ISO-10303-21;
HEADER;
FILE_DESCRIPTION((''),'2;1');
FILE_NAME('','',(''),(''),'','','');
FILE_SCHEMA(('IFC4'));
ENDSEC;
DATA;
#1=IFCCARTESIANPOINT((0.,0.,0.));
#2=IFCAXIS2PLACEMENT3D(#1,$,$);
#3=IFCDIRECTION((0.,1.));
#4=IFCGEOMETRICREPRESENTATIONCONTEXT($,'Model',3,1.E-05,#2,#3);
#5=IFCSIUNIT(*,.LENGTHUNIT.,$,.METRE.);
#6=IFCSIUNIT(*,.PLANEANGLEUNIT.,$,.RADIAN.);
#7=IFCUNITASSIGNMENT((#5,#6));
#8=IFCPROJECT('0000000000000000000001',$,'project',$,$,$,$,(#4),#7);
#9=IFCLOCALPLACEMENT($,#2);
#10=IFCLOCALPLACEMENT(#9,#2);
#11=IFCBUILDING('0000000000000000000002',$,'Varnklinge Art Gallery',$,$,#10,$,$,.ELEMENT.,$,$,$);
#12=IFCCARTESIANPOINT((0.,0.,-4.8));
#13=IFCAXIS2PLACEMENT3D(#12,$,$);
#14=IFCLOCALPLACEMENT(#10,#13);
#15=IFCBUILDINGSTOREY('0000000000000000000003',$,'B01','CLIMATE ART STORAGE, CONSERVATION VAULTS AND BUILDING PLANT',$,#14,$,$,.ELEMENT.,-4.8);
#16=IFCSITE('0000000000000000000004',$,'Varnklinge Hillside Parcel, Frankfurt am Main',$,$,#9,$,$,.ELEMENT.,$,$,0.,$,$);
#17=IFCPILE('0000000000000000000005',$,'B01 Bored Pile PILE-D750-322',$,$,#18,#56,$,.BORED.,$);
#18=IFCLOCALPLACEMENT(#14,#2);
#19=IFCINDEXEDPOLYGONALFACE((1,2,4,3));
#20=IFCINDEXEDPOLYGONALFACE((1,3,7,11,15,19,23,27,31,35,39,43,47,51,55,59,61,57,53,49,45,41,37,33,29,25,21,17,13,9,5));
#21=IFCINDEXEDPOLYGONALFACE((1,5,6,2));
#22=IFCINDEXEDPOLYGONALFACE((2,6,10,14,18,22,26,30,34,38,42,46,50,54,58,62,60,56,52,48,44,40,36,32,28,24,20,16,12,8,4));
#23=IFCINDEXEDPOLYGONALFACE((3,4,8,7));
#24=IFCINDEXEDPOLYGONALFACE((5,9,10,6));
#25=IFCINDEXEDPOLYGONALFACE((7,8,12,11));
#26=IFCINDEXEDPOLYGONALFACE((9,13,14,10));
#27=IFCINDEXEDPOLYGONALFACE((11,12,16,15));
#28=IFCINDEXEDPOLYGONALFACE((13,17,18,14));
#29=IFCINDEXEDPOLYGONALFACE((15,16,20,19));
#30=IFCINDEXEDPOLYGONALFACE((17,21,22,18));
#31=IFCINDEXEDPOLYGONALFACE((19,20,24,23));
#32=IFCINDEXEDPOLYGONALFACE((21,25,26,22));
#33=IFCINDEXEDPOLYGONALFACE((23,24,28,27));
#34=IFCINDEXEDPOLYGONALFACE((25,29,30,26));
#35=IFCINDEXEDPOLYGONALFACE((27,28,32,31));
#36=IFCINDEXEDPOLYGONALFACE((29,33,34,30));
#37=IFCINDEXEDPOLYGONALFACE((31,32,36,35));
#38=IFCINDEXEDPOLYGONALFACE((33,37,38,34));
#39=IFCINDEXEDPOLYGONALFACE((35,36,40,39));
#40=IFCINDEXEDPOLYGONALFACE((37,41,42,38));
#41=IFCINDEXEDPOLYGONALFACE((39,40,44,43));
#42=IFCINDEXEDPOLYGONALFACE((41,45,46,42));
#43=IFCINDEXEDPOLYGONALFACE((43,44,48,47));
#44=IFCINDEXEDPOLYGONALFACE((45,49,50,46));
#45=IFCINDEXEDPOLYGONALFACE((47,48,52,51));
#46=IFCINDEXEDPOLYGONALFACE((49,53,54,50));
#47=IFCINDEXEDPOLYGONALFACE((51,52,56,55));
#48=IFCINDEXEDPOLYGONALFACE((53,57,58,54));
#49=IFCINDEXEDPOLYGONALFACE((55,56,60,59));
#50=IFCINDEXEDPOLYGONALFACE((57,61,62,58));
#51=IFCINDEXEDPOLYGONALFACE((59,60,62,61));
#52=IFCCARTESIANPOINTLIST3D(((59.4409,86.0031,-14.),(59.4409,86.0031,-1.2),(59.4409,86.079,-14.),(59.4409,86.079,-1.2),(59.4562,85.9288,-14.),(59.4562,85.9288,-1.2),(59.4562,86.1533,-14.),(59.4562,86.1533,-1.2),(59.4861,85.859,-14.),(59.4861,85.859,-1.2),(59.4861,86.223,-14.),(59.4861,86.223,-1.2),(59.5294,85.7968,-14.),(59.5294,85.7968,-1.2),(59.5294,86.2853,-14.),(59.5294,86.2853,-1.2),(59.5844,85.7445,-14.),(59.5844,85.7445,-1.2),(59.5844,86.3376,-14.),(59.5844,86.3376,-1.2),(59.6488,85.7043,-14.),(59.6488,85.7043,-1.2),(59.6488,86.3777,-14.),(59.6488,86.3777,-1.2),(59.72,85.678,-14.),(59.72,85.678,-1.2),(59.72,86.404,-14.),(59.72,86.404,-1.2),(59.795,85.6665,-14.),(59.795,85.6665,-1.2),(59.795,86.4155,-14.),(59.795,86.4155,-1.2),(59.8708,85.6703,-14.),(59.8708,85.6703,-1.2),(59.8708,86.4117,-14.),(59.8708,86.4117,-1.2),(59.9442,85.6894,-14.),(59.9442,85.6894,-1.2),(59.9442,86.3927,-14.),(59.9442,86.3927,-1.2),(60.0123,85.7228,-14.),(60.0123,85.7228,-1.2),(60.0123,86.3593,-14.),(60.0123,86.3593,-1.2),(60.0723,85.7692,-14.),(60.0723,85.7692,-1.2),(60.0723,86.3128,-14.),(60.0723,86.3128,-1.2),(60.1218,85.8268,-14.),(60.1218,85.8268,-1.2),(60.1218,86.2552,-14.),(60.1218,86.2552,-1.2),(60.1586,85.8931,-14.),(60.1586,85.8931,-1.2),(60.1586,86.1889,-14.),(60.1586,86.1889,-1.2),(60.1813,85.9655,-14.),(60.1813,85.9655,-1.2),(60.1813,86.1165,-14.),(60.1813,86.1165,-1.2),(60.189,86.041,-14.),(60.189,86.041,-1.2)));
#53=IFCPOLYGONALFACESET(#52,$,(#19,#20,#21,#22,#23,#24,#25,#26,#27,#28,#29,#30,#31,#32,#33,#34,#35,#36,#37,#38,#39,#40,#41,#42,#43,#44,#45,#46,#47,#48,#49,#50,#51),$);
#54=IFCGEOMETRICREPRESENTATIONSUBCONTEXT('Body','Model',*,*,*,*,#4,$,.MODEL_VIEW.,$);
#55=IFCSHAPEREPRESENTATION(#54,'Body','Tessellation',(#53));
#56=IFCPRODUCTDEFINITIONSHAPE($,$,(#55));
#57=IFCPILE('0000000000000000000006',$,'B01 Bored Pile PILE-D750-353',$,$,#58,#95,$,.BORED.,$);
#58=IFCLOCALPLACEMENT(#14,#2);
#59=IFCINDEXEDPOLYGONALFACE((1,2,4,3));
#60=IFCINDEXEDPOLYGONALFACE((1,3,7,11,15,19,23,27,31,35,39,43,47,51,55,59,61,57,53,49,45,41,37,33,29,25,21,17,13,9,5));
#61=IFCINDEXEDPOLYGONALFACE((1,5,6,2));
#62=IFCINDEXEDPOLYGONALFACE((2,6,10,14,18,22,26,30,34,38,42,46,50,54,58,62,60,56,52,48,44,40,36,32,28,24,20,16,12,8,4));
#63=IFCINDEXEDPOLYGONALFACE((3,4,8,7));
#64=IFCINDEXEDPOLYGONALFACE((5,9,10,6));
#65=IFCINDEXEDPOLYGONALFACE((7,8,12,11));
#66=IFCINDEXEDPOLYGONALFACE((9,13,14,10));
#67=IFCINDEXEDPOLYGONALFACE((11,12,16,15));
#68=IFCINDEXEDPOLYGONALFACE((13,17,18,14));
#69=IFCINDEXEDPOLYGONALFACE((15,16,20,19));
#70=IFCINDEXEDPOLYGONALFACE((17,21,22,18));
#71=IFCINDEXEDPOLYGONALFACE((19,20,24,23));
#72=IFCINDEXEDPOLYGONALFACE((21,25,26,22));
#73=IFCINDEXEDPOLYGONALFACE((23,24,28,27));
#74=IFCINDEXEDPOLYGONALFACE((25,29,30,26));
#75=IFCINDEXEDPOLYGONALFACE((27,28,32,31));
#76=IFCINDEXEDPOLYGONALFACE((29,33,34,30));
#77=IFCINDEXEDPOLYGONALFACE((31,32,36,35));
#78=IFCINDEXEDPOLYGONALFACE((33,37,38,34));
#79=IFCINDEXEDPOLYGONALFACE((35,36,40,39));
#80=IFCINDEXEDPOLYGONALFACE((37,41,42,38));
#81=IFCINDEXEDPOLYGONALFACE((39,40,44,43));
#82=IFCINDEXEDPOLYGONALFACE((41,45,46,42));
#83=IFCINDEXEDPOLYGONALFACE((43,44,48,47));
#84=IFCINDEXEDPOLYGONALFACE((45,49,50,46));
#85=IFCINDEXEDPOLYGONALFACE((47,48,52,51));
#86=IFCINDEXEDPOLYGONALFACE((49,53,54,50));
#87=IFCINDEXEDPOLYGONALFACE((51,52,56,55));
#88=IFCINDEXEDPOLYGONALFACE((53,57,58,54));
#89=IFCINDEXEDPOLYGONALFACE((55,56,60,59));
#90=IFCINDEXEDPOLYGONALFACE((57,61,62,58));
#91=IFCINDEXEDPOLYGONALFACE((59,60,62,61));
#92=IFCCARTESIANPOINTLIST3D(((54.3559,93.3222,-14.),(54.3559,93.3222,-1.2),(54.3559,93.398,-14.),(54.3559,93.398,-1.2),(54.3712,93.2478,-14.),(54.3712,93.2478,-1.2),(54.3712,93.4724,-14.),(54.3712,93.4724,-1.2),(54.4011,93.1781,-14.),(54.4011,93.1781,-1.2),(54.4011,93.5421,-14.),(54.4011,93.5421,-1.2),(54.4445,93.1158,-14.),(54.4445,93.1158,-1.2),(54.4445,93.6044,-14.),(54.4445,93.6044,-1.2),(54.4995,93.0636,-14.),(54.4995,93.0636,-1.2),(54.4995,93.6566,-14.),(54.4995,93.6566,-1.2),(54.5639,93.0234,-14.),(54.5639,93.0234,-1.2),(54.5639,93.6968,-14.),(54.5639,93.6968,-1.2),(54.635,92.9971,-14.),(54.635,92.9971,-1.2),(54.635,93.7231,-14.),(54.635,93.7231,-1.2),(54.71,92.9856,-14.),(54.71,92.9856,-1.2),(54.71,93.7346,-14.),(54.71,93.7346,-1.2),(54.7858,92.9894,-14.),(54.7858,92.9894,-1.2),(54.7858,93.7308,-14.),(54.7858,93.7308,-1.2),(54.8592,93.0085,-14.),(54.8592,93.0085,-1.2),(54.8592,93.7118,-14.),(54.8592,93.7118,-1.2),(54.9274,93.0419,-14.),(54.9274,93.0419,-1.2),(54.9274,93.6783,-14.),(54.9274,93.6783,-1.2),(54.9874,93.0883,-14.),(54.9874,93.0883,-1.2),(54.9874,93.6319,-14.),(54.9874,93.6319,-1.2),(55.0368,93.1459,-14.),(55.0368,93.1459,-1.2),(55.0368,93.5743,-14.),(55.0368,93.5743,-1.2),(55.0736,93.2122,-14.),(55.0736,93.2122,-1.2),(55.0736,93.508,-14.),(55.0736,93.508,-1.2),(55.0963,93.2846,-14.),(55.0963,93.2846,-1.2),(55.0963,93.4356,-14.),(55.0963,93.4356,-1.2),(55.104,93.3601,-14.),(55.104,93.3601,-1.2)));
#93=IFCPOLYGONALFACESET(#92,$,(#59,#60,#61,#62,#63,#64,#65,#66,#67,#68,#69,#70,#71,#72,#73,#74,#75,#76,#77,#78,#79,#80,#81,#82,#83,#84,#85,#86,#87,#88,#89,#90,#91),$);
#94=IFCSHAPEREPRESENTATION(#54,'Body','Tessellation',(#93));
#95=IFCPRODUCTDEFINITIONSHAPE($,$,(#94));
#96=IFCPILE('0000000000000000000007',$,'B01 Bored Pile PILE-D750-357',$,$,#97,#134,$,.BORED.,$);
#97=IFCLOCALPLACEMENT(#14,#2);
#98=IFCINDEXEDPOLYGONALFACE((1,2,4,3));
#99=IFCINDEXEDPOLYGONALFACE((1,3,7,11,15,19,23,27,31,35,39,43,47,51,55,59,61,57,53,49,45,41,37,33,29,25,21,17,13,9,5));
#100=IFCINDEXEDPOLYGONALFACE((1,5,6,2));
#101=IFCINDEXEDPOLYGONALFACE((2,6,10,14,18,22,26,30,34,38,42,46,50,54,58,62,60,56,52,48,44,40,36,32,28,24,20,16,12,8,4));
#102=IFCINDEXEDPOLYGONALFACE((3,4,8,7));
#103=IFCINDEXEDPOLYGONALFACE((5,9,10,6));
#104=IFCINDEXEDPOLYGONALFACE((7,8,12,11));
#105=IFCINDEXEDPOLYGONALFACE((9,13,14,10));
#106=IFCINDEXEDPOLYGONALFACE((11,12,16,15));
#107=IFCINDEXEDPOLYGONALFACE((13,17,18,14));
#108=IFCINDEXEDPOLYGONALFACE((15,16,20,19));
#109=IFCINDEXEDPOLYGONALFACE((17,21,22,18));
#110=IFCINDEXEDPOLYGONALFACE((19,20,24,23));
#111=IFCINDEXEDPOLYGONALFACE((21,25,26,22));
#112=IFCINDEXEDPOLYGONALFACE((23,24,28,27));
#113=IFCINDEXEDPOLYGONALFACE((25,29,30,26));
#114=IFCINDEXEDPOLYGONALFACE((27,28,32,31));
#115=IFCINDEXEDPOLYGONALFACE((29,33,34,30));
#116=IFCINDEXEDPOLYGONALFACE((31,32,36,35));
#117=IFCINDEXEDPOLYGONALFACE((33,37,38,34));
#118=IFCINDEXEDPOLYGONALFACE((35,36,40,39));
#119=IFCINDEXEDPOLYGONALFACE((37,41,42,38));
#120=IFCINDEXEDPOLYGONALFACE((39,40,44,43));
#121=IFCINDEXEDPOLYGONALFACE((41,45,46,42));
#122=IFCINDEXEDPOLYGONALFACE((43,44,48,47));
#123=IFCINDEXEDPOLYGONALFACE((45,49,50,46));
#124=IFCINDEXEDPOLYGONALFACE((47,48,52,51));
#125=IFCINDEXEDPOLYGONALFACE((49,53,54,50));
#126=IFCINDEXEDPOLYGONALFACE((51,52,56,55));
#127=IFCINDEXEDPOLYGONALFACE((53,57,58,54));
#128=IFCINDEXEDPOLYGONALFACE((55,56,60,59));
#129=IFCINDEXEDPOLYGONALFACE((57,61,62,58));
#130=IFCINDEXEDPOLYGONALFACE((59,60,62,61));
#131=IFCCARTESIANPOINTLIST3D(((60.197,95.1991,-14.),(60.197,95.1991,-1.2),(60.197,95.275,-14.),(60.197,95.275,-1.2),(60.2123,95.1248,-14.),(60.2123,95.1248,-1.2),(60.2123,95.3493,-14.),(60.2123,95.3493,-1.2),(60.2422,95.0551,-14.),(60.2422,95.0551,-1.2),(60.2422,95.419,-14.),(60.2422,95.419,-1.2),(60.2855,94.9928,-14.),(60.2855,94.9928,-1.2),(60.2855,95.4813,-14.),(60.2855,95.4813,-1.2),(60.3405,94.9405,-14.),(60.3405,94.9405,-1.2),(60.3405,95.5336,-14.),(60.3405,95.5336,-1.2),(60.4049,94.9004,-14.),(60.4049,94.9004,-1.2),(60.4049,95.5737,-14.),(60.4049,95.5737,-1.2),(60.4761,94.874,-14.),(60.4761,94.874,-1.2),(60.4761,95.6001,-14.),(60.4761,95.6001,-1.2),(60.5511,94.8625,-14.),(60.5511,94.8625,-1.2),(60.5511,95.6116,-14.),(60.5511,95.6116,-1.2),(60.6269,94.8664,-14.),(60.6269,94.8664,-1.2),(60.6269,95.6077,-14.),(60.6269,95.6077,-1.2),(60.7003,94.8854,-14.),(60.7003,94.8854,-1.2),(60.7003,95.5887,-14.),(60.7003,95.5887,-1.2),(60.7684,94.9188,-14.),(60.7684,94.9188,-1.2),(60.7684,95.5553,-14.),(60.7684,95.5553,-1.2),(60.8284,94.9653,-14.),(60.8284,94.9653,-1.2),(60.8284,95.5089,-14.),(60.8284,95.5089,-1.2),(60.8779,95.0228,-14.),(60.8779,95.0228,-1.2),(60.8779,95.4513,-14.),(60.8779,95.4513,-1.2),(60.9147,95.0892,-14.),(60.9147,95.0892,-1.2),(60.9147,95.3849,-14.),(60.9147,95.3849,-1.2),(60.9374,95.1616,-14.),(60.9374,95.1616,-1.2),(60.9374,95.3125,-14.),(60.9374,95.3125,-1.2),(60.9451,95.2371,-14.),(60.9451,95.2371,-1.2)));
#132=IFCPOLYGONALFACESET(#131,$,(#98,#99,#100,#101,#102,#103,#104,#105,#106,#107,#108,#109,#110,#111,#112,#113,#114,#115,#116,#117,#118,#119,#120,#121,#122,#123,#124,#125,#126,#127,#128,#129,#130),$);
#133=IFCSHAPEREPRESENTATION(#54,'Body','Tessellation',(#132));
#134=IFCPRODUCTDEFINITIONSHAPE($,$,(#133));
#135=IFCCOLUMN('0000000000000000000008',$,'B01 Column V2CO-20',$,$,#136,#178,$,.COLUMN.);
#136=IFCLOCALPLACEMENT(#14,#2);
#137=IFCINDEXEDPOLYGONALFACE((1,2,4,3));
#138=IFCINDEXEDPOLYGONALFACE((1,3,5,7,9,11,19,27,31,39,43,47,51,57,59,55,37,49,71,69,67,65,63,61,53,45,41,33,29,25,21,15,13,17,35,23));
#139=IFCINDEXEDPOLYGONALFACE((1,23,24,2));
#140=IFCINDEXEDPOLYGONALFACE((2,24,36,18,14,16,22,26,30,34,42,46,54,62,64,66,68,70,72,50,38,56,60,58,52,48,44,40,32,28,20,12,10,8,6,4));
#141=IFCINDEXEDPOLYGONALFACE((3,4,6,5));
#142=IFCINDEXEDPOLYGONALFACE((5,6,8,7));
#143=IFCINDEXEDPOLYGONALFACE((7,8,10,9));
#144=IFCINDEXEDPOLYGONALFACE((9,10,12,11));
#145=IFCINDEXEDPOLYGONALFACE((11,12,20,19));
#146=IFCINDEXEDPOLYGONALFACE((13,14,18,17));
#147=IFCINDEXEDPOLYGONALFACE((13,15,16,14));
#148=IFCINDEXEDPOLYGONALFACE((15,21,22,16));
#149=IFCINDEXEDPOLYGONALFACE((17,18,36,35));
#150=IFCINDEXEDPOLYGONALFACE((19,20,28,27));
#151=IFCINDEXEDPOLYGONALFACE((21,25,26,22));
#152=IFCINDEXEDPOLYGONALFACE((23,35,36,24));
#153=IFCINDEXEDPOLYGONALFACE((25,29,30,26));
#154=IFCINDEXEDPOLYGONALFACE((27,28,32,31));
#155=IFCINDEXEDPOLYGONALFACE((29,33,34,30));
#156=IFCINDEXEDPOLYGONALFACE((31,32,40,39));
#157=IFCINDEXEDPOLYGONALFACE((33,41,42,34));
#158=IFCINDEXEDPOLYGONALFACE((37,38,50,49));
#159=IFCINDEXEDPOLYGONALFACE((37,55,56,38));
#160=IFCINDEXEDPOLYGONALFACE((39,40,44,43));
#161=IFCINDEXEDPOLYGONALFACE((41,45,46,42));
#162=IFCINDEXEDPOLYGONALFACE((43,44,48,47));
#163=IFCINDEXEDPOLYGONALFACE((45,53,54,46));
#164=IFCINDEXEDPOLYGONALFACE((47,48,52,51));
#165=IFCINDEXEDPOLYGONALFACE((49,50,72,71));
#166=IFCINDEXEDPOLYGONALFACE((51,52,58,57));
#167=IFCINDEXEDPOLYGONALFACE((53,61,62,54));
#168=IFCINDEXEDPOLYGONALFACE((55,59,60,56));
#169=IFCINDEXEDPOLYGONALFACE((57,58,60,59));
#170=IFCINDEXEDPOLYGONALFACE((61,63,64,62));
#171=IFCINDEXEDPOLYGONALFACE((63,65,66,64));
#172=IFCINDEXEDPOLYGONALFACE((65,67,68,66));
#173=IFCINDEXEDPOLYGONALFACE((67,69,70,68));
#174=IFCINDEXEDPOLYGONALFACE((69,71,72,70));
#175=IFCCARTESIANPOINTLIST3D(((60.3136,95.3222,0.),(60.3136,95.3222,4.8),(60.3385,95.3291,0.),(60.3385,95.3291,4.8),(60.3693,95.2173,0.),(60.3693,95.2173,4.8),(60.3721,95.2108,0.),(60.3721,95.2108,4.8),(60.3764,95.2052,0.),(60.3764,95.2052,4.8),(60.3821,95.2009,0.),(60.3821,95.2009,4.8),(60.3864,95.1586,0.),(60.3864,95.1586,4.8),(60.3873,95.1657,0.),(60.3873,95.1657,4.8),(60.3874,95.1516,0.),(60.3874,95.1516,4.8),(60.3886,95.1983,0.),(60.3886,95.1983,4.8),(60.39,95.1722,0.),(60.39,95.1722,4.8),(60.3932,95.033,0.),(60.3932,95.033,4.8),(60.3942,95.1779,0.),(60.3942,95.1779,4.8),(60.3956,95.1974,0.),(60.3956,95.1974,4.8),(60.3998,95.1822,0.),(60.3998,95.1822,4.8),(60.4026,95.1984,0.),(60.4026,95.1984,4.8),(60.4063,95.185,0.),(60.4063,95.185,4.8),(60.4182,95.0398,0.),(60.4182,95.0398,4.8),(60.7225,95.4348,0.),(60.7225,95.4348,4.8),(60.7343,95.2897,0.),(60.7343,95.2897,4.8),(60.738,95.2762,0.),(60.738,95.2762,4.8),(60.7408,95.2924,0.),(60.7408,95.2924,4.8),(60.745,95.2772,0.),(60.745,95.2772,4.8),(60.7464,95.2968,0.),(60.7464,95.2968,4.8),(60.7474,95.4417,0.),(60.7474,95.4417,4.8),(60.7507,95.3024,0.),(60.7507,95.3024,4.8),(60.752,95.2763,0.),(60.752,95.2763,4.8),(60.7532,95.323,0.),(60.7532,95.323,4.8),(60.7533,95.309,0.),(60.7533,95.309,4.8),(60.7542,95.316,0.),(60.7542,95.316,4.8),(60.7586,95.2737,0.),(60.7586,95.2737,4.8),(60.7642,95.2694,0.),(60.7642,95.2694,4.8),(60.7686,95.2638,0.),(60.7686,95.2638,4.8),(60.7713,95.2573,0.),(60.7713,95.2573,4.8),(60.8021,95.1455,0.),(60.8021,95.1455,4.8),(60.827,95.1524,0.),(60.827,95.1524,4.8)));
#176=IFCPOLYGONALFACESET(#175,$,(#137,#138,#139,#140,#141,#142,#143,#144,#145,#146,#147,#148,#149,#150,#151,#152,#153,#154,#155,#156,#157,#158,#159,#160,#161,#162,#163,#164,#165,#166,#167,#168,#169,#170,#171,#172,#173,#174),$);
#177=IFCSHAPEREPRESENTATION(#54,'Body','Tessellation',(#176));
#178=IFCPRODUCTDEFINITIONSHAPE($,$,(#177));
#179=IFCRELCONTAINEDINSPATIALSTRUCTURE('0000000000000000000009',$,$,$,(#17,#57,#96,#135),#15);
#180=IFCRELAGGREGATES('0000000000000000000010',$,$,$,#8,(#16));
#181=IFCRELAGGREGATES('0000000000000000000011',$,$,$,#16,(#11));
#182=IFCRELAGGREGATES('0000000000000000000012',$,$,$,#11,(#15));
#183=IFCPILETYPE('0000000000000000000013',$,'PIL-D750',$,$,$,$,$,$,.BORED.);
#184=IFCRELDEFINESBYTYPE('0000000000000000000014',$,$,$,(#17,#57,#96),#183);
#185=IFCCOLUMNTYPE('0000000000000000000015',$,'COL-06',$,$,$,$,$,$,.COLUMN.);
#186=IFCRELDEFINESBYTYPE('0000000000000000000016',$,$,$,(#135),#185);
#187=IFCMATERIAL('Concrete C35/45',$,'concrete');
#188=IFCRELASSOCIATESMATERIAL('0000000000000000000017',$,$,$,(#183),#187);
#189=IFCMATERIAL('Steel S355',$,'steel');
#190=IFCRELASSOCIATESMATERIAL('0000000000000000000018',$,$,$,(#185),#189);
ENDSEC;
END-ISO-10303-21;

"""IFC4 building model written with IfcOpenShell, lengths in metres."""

from ifc_helpers import new_model, si_unit, direction, frame, origin, origin_2d, place, context, subcontext, project, spatial, circle, i_section, extrude, material, material_profile, profile_set, type_object, element, save


model = new_model("IFC4")

# Units and contexts
model_context = context("Model", 3, precision=1e-05, world=origin(), true_north=direction((0.0, 1.0)))
body_context = subcontext(model_context, "Body", "Model", "MODEL_VIEW")
ifc_project = project(units=[si_unit("LENGTHUNIT", "METRE"), si_unit("PLANEANGLEUNIT", "RADIAN")], contexts=[model_context])

# Site, building, storey
site_placement = place(None, origin())
site = spatial("IfcSite", under=ifc_project, at=site_placement, Name="Varnklinge Hillside Parcel, Frankfurt am Main", CompositionType="ELEMENT", RefElevation=0.0)
building_placement = place(site_placement, origin())
building = spatial("IfcBuilding", under=site, at=building_placement, Name="Varnklinge Art Gallery", CompositionType="ELEMENT")
storey_placement = place(building_placement, frame((0.0, 0.0, -4.8)))
storey = spatial("IfcBuildingStorey", under=building, at=storey_placement, Name="B01", Description="CLIMATE ART STORAGE, CONSERVATION VAULTS AND BUILDING PLANT", CompositionType="ELEMENT", Elevation=-4.8)

# Piles
ifc_material_1 = material(Name="Concrete C35/45", Category="concrete")
ifc_material_profile_1 = material_profile(ifc_material_1, circle(Radius=0.375, at=origin_2d()), Name="PILE D750")
ifc_profile_set_1 = profile_set([ifc_material_profile_1], Name="Concrete C35/45")
pile_type = type_object("IfcPileType", Name="PIL-D750", PredefinedType="BORED", material=ifc_profile_set_1)
for number, where, z_axis, x_axis, name in (
    (1, (59.814, 86.041, -1.2), (0.0, 0.0, -1.0), (1.0, 0.0, 0.0), "B01 Bored Pile PILE-D750-322"),
    (2, (54.729, 93.3601, -1.2), (0.0, 0.0, -1.0), (1.0, 0.0, 0.0), "B01 Bored Pile PILE-D750-353"),
    (3, (60.5701, 95.2371, -1.2), (0.0, 0.0, -1.0), (1.0, 0.0, 0.0), "B01 Bored Pile PILE-D750-357"),
):
    element("IfcPile", number, at=place(storey_placement, frame(where, z_axis=z_axis, x_axis=x_axis)), inside=storey, type_object=pile_type, Name=name, PredefinedType="BORED", context=body_context, shape_type="SweptSolid", body=[
        extrude(circle(Radius=0.375, at=origin_2d()), origin(), (0.0, 0.0, 1.0), 12.8),
    ])

# Column
ifc_material_2 = material(Name="Steel S355", Category="steel")
ifc_material_profile_2 = material_profile(ifc_material_2, i_section(OverallWidth=0.3, OverallDepth=0.45, WebThickness=0.0139, FlangeThickness=0.0259, FilletRadius=0.0271, at=origin_2d()), Name="HEB 450")
ifc_profile_set_2 = profile_set([ifc_material_profile_2], Name="Steel S355")
column_type_1 = type_object("IfcColumnType", Name="COL-06", PredefinedType="COLUMN", material=ifc_profile_set_2)
for number, where, z_axis, x_axis, name in (
    (4, (60.5703, 95.2373, 0.0), (0.0, 0.0, 1.0), (0.265388, -0.964142, 0.0), "B01 Column V2CO-20"),
):
    element("IfcColumn", number, at=place(storey_placement, frame(where, z_axis=z_axis, x_axis=x_axis)), inside=storey, type_object=column_type_1, Name=name, PredefinedType="COLUMN", context=body_context, shape_type="SweptSolid", body=[
        extrude(i_section(OverallWidth=0.3, OverallDepth=0.45, WebThickness=0.0139, FlangeThickness=0.0259, FilletRadius=0.0271, at=origin_2d()), origin(), (0.0, 0.0, 1.0), 4.8),
    ])

save(model, "model.ifc")
